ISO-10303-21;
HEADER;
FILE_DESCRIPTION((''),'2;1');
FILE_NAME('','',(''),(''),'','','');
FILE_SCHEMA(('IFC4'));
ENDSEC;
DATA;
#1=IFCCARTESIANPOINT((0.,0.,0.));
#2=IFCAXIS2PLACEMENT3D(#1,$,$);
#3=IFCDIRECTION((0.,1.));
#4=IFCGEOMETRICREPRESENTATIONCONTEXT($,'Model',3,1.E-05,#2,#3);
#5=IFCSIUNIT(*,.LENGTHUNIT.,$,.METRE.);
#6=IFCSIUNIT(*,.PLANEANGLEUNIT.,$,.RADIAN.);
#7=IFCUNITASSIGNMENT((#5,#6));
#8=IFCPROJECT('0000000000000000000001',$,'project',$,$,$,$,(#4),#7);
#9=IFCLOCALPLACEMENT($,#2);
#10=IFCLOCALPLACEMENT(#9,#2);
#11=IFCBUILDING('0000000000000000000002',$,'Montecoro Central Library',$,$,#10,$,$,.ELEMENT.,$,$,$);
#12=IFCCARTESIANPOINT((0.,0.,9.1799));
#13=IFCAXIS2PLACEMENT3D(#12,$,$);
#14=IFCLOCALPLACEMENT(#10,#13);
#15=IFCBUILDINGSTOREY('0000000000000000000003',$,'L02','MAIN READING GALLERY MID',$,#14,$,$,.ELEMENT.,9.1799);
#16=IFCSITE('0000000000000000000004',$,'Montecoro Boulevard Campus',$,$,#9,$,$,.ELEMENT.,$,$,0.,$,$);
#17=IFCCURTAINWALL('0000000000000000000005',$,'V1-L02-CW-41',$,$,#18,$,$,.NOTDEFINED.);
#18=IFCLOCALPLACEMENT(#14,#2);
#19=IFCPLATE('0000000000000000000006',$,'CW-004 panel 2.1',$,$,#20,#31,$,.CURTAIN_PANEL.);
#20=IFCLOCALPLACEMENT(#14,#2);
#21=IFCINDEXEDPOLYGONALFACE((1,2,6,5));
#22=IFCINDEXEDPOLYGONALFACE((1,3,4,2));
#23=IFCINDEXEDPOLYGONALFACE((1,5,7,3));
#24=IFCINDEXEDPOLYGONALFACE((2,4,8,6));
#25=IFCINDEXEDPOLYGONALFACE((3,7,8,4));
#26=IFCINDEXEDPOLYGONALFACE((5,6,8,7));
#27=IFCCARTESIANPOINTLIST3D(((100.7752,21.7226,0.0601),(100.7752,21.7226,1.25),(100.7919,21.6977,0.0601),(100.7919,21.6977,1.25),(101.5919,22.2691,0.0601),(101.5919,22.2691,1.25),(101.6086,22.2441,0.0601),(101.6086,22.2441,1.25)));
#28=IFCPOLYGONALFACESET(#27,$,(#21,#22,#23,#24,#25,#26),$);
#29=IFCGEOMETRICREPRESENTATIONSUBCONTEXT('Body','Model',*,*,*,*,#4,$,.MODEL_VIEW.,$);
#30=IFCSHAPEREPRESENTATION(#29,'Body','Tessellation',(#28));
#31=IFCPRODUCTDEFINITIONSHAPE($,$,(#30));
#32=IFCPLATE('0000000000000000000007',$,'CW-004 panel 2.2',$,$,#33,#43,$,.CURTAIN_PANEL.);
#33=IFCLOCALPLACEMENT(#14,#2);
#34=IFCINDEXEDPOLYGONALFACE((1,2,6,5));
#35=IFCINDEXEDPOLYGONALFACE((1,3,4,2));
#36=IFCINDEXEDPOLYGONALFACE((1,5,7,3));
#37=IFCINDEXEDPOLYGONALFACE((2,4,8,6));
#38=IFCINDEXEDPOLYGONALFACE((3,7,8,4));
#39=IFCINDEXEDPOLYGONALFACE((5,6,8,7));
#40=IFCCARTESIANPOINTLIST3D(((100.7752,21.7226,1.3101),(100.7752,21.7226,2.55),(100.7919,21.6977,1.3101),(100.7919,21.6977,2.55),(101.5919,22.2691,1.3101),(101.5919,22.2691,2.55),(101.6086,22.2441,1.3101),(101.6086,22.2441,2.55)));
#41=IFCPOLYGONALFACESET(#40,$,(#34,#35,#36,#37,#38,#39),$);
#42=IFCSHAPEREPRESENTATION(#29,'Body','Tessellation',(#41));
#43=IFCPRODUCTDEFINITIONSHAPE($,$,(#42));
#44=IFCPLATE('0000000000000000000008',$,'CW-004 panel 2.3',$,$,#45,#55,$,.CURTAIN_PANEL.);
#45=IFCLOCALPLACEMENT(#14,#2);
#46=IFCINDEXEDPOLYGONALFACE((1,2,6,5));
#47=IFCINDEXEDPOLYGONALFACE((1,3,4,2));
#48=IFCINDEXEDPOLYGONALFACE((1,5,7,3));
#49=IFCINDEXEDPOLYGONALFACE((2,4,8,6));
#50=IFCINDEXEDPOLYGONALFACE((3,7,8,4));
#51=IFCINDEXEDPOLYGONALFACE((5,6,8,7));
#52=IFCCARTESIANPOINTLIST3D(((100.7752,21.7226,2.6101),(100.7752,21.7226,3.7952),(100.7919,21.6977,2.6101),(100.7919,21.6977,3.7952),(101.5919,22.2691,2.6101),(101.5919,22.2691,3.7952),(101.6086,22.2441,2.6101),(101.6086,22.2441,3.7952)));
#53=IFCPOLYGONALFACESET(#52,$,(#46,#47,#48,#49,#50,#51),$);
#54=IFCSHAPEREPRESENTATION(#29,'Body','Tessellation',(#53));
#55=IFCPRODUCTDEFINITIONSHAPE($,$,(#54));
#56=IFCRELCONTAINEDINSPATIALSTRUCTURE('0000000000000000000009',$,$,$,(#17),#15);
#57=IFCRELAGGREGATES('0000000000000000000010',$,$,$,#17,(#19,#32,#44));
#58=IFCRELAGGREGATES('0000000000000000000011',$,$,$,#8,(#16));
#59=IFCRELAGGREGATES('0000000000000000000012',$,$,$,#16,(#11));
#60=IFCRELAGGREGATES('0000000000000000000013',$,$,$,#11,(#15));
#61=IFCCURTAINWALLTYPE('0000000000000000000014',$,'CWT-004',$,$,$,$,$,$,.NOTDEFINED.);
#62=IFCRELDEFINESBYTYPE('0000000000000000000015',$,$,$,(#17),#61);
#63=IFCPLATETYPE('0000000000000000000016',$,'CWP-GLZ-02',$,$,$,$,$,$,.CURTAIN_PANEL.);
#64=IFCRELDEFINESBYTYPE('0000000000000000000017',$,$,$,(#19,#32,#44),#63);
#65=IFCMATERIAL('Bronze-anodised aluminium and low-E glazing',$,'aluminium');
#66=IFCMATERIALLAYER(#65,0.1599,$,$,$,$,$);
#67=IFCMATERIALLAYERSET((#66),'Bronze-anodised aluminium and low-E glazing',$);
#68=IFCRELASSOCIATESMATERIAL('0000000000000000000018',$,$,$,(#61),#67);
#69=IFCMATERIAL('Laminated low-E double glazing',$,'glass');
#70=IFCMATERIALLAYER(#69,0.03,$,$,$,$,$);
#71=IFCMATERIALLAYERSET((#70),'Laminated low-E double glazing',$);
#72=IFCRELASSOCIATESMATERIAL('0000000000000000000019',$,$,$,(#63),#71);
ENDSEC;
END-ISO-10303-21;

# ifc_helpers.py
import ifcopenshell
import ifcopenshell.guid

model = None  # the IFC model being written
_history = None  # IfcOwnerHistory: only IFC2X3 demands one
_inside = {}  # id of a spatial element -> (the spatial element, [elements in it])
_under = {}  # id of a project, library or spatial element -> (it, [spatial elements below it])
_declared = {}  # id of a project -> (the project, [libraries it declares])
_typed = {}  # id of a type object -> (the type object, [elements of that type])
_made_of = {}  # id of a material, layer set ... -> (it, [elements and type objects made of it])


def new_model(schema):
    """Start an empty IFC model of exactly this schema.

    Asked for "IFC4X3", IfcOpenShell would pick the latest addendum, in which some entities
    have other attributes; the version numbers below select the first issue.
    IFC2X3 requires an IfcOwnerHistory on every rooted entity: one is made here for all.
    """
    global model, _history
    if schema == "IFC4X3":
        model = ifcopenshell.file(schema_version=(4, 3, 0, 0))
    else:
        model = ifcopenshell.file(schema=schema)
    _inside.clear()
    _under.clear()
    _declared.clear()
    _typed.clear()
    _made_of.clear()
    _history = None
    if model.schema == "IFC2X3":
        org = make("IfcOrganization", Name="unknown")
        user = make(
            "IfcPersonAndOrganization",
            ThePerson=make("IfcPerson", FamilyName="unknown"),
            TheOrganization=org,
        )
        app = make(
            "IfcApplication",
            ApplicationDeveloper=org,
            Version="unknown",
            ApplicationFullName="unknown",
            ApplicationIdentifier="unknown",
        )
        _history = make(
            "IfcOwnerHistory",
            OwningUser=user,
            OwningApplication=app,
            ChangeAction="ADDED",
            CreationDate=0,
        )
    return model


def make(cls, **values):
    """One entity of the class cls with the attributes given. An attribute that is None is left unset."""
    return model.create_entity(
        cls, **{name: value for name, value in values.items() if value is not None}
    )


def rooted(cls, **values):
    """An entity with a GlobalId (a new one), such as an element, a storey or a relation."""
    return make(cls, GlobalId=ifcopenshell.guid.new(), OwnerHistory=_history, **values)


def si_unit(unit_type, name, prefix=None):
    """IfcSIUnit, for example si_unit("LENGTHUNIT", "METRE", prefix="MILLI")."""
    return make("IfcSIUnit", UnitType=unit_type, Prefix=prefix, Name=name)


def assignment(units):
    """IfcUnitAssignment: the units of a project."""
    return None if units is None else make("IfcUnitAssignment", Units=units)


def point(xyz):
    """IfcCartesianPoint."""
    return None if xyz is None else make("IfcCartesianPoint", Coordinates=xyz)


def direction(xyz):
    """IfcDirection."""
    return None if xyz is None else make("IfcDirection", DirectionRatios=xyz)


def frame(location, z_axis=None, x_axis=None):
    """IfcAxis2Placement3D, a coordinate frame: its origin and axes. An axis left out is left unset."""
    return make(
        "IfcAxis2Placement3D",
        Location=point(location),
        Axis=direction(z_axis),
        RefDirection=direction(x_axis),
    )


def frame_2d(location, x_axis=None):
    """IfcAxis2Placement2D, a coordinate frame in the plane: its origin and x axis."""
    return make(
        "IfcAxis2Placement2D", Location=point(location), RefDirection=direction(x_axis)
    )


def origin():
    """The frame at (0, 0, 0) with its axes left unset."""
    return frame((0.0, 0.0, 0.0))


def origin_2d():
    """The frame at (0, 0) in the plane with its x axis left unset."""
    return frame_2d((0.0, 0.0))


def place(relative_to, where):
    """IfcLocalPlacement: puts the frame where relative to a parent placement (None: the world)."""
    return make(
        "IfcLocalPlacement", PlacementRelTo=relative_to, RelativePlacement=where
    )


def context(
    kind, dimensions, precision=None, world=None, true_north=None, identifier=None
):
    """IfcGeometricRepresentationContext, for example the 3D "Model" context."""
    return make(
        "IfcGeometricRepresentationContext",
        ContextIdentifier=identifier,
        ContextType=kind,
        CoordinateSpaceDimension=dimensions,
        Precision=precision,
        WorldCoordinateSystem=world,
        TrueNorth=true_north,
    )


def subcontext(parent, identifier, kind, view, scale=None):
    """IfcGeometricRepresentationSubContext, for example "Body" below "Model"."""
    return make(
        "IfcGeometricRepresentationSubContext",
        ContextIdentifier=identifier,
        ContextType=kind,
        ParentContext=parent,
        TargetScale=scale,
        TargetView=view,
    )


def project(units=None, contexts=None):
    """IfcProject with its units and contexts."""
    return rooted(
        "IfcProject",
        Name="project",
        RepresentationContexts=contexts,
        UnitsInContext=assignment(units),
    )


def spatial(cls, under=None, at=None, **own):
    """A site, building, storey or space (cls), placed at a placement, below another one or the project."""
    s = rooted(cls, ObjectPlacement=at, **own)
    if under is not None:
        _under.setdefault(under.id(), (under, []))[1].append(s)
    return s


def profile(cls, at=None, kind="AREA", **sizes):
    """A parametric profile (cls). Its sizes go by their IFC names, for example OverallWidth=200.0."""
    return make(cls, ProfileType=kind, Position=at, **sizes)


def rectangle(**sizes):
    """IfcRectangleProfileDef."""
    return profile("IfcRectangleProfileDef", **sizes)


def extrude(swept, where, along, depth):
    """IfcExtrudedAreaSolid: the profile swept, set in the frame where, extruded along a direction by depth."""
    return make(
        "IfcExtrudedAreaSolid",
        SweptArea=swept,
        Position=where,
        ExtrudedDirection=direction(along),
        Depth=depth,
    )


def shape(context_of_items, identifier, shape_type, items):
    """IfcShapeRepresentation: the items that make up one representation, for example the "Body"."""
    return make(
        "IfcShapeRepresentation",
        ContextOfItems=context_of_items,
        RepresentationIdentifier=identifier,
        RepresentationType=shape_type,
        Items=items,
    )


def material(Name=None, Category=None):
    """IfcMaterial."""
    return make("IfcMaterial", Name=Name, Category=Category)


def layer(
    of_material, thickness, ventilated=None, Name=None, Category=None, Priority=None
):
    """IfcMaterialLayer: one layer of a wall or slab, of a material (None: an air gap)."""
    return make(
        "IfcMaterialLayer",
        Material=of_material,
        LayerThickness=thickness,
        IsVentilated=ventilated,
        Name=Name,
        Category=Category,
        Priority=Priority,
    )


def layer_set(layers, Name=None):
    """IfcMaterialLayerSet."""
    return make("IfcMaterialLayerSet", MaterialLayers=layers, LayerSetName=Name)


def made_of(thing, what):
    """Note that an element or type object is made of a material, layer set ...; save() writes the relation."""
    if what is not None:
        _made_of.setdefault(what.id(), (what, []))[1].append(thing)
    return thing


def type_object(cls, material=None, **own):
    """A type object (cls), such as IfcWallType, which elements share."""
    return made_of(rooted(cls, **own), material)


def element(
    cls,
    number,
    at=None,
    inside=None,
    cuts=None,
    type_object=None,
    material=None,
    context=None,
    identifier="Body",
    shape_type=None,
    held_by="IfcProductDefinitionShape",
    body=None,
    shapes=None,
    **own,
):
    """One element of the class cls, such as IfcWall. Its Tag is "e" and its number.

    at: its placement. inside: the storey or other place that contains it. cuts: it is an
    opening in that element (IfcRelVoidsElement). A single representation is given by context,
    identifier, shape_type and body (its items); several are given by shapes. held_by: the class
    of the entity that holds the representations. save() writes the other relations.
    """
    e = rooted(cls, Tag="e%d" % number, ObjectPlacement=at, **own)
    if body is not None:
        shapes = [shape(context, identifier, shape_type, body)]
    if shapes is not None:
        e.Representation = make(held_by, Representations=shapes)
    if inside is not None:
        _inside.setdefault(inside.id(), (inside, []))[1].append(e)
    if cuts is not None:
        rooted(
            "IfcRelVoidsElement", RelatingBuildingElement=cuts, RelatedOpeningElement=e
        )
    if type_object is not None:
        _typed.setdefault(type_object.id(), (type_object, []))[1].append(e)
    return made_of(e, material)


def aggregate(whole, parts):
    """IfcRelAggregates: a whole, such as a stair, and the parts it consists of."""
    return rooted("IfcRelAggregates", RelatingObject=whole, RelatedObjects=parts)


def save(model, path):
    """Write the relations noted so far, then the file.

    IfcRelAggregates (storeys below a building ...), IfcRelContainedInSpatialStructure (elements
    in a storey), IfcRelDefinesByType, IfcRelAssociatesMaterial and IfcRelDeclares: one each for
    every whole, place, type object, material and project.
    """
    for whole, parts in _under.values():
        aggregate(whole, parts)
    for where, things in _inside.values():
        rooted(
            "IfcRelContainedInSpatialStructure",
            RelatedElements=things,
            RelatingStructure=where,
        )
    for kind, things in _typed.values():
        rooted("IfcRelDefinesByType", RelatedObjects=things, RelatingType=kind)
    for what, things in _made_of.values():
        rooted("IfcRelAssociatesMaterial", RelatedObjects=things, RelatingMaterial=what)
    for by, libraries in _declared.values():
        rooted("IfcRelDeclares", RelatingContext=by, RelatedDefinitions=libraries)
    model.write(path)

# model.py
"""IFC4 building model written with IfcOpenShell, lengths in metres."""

from ifc_helpers import new_model, si_unit, direction, frame, origin, origin_2d, place, context, subcontext, project, spatial, rectangle, extrude, material, layer, layer_set, type_object, element, aggregate, save


model = new_model("IFC4")

# Units and contexts
model_context = context("Model", 3, precision=1e-05, world=origin(), true_north=direction((0.0, 1.0)))
body_context = subcontext(model_context, "Body", "Model", "MODEL_VIEW")
ifc_project = project(units=[si_unit("LENGTHUNIT", "METRE"), si_unit("PLANEANGLEUNIT", "RADIAN")], contexts=[model_context])

# Site, building, storey
site_placement = place(None, origin())
site = spatial("IfcSite", under=ifc_project, at=site_placement, Name="Montecoro Boulevard Campus", CompositionType="ELEMENT", RefElevation=0.0)
building_placement = place(site_placement, origin())
building = spatial("IfcBuilding", under=site, at=building_placement, Name="Montecoro Central Library", CompositionType="ELEMENT")
storey_placement = place(building_placement, frame((0.0, 0.0, 9.1799)))
storey = spatial("IfcBuildingStorey", under=building, at=storey_placement, Name="L02", Description="MAIN READING GALLERY MID", CompositionType="ELEMENT", Elevation=9.1799)

# Shared definitions
ifc_material_1 = material(Name="Bronze-anodised aluminium and low-E glazing", Category="aluminium")
ifc_layer_1 = layer(ifc_material_1, 0.1599)
ifc_layer_set_1 = layer_set([ifc_layer_1], Name="Bronze-anodised aluminium and low-E glazing")
curtain_wall_type = type_object("IfcCurtainWallType", Name="CWT-004", PredefinedType="NOTDEFINED", material=ifc_layer_set_1)

# Curtain wall, plates
curtain_wall_1_placement = place(storey_placement, origin())
curtain_wall_1 = element("IfcCurtainWall", 1, at=curtain_wall_1_placement, inside=storey, type_object=curtain_wall_type, Name="V1-L02-CW-41", PredefinedType="NOTDEFINED")
ifc_material_2 = material(Name="Laminated low-E double glazing", Category="glass")
ifc_layer_2 = layer(ifc_material_2, 0.03)
ifc_layer_set_2 = layer_set([ifc_layer_2], Name="Laminated low-E double glazing")
plate_type = type_object("IfcPlateType", Name="CWP-GLZ-02", PredefinedType="CURTAIN_PANEL", material=ifc_layer_set_2)
plate_1_placement = place(storey_placement, frame((101.1919, 21.9834, 0.0601), z_axis=(0.0, 0.0, 1.0), x_axis=(0.831117, 0.556098, 0.0)))
plate_1 = element("IfcPlate", 2, at=plate_1_placement, type_object=plate_type, Name="CW-004 panel 2.1", PredefinedType="CURTAIN_PANEL", context=body_context, shape_type="SweptSolid", body=[
    extrude(rectangle(XDim=0.9827, YDim=0.03, at=origin_2d()), origin(), (0.0, 0.0, 1.0), 1.1899),
])
plate_2_placement = place(storey_placement, frame((101.1919, 21.9834, 1.3101), z_axis=(0.0, 0.0, 1.0), x_axis=(0.831117, 0.556098, 0.0)))
plate_2 = element("IfcPlate", 3, at=plate_2_placement, type_object=plate_type, Name="CW-004 panel 2.2", PredefinedType="CURTAIN_PANEL", context=body_context, shape_type="SweptSolid", body=[
    extrude(rectangle(XDim=0.9827, YDim=0.03, at=origin_2d()), origin(), (0.0, 0.0, 1.0), 1.24),
])
plate_3_placement = place(storey_placement, frame((101.1919, 21.9834, 2.6101), z_axis=(0.0, 0.0, 1.0), x_axis=(0.831117, 0.556098, 0.0)))
plate_3 = element("IfcPlate", 4, at=plate_3_placement, type_object=plate_type, Name="CW-004 panel 2.3", PredefinedType="CURTAIN_PANEL", context=body_context, shape_type="SweptSolid", body=[
    extrude(rectangle(XDim=0.9827, YDim=0.03, at=origin_2d()), origin(), (0.0, 0.0, 1.0), 1.1851),
])
aggregate(curtain_wall_1, [plate_1, plate_2, plate_3])

save(model, "model.ifc")
